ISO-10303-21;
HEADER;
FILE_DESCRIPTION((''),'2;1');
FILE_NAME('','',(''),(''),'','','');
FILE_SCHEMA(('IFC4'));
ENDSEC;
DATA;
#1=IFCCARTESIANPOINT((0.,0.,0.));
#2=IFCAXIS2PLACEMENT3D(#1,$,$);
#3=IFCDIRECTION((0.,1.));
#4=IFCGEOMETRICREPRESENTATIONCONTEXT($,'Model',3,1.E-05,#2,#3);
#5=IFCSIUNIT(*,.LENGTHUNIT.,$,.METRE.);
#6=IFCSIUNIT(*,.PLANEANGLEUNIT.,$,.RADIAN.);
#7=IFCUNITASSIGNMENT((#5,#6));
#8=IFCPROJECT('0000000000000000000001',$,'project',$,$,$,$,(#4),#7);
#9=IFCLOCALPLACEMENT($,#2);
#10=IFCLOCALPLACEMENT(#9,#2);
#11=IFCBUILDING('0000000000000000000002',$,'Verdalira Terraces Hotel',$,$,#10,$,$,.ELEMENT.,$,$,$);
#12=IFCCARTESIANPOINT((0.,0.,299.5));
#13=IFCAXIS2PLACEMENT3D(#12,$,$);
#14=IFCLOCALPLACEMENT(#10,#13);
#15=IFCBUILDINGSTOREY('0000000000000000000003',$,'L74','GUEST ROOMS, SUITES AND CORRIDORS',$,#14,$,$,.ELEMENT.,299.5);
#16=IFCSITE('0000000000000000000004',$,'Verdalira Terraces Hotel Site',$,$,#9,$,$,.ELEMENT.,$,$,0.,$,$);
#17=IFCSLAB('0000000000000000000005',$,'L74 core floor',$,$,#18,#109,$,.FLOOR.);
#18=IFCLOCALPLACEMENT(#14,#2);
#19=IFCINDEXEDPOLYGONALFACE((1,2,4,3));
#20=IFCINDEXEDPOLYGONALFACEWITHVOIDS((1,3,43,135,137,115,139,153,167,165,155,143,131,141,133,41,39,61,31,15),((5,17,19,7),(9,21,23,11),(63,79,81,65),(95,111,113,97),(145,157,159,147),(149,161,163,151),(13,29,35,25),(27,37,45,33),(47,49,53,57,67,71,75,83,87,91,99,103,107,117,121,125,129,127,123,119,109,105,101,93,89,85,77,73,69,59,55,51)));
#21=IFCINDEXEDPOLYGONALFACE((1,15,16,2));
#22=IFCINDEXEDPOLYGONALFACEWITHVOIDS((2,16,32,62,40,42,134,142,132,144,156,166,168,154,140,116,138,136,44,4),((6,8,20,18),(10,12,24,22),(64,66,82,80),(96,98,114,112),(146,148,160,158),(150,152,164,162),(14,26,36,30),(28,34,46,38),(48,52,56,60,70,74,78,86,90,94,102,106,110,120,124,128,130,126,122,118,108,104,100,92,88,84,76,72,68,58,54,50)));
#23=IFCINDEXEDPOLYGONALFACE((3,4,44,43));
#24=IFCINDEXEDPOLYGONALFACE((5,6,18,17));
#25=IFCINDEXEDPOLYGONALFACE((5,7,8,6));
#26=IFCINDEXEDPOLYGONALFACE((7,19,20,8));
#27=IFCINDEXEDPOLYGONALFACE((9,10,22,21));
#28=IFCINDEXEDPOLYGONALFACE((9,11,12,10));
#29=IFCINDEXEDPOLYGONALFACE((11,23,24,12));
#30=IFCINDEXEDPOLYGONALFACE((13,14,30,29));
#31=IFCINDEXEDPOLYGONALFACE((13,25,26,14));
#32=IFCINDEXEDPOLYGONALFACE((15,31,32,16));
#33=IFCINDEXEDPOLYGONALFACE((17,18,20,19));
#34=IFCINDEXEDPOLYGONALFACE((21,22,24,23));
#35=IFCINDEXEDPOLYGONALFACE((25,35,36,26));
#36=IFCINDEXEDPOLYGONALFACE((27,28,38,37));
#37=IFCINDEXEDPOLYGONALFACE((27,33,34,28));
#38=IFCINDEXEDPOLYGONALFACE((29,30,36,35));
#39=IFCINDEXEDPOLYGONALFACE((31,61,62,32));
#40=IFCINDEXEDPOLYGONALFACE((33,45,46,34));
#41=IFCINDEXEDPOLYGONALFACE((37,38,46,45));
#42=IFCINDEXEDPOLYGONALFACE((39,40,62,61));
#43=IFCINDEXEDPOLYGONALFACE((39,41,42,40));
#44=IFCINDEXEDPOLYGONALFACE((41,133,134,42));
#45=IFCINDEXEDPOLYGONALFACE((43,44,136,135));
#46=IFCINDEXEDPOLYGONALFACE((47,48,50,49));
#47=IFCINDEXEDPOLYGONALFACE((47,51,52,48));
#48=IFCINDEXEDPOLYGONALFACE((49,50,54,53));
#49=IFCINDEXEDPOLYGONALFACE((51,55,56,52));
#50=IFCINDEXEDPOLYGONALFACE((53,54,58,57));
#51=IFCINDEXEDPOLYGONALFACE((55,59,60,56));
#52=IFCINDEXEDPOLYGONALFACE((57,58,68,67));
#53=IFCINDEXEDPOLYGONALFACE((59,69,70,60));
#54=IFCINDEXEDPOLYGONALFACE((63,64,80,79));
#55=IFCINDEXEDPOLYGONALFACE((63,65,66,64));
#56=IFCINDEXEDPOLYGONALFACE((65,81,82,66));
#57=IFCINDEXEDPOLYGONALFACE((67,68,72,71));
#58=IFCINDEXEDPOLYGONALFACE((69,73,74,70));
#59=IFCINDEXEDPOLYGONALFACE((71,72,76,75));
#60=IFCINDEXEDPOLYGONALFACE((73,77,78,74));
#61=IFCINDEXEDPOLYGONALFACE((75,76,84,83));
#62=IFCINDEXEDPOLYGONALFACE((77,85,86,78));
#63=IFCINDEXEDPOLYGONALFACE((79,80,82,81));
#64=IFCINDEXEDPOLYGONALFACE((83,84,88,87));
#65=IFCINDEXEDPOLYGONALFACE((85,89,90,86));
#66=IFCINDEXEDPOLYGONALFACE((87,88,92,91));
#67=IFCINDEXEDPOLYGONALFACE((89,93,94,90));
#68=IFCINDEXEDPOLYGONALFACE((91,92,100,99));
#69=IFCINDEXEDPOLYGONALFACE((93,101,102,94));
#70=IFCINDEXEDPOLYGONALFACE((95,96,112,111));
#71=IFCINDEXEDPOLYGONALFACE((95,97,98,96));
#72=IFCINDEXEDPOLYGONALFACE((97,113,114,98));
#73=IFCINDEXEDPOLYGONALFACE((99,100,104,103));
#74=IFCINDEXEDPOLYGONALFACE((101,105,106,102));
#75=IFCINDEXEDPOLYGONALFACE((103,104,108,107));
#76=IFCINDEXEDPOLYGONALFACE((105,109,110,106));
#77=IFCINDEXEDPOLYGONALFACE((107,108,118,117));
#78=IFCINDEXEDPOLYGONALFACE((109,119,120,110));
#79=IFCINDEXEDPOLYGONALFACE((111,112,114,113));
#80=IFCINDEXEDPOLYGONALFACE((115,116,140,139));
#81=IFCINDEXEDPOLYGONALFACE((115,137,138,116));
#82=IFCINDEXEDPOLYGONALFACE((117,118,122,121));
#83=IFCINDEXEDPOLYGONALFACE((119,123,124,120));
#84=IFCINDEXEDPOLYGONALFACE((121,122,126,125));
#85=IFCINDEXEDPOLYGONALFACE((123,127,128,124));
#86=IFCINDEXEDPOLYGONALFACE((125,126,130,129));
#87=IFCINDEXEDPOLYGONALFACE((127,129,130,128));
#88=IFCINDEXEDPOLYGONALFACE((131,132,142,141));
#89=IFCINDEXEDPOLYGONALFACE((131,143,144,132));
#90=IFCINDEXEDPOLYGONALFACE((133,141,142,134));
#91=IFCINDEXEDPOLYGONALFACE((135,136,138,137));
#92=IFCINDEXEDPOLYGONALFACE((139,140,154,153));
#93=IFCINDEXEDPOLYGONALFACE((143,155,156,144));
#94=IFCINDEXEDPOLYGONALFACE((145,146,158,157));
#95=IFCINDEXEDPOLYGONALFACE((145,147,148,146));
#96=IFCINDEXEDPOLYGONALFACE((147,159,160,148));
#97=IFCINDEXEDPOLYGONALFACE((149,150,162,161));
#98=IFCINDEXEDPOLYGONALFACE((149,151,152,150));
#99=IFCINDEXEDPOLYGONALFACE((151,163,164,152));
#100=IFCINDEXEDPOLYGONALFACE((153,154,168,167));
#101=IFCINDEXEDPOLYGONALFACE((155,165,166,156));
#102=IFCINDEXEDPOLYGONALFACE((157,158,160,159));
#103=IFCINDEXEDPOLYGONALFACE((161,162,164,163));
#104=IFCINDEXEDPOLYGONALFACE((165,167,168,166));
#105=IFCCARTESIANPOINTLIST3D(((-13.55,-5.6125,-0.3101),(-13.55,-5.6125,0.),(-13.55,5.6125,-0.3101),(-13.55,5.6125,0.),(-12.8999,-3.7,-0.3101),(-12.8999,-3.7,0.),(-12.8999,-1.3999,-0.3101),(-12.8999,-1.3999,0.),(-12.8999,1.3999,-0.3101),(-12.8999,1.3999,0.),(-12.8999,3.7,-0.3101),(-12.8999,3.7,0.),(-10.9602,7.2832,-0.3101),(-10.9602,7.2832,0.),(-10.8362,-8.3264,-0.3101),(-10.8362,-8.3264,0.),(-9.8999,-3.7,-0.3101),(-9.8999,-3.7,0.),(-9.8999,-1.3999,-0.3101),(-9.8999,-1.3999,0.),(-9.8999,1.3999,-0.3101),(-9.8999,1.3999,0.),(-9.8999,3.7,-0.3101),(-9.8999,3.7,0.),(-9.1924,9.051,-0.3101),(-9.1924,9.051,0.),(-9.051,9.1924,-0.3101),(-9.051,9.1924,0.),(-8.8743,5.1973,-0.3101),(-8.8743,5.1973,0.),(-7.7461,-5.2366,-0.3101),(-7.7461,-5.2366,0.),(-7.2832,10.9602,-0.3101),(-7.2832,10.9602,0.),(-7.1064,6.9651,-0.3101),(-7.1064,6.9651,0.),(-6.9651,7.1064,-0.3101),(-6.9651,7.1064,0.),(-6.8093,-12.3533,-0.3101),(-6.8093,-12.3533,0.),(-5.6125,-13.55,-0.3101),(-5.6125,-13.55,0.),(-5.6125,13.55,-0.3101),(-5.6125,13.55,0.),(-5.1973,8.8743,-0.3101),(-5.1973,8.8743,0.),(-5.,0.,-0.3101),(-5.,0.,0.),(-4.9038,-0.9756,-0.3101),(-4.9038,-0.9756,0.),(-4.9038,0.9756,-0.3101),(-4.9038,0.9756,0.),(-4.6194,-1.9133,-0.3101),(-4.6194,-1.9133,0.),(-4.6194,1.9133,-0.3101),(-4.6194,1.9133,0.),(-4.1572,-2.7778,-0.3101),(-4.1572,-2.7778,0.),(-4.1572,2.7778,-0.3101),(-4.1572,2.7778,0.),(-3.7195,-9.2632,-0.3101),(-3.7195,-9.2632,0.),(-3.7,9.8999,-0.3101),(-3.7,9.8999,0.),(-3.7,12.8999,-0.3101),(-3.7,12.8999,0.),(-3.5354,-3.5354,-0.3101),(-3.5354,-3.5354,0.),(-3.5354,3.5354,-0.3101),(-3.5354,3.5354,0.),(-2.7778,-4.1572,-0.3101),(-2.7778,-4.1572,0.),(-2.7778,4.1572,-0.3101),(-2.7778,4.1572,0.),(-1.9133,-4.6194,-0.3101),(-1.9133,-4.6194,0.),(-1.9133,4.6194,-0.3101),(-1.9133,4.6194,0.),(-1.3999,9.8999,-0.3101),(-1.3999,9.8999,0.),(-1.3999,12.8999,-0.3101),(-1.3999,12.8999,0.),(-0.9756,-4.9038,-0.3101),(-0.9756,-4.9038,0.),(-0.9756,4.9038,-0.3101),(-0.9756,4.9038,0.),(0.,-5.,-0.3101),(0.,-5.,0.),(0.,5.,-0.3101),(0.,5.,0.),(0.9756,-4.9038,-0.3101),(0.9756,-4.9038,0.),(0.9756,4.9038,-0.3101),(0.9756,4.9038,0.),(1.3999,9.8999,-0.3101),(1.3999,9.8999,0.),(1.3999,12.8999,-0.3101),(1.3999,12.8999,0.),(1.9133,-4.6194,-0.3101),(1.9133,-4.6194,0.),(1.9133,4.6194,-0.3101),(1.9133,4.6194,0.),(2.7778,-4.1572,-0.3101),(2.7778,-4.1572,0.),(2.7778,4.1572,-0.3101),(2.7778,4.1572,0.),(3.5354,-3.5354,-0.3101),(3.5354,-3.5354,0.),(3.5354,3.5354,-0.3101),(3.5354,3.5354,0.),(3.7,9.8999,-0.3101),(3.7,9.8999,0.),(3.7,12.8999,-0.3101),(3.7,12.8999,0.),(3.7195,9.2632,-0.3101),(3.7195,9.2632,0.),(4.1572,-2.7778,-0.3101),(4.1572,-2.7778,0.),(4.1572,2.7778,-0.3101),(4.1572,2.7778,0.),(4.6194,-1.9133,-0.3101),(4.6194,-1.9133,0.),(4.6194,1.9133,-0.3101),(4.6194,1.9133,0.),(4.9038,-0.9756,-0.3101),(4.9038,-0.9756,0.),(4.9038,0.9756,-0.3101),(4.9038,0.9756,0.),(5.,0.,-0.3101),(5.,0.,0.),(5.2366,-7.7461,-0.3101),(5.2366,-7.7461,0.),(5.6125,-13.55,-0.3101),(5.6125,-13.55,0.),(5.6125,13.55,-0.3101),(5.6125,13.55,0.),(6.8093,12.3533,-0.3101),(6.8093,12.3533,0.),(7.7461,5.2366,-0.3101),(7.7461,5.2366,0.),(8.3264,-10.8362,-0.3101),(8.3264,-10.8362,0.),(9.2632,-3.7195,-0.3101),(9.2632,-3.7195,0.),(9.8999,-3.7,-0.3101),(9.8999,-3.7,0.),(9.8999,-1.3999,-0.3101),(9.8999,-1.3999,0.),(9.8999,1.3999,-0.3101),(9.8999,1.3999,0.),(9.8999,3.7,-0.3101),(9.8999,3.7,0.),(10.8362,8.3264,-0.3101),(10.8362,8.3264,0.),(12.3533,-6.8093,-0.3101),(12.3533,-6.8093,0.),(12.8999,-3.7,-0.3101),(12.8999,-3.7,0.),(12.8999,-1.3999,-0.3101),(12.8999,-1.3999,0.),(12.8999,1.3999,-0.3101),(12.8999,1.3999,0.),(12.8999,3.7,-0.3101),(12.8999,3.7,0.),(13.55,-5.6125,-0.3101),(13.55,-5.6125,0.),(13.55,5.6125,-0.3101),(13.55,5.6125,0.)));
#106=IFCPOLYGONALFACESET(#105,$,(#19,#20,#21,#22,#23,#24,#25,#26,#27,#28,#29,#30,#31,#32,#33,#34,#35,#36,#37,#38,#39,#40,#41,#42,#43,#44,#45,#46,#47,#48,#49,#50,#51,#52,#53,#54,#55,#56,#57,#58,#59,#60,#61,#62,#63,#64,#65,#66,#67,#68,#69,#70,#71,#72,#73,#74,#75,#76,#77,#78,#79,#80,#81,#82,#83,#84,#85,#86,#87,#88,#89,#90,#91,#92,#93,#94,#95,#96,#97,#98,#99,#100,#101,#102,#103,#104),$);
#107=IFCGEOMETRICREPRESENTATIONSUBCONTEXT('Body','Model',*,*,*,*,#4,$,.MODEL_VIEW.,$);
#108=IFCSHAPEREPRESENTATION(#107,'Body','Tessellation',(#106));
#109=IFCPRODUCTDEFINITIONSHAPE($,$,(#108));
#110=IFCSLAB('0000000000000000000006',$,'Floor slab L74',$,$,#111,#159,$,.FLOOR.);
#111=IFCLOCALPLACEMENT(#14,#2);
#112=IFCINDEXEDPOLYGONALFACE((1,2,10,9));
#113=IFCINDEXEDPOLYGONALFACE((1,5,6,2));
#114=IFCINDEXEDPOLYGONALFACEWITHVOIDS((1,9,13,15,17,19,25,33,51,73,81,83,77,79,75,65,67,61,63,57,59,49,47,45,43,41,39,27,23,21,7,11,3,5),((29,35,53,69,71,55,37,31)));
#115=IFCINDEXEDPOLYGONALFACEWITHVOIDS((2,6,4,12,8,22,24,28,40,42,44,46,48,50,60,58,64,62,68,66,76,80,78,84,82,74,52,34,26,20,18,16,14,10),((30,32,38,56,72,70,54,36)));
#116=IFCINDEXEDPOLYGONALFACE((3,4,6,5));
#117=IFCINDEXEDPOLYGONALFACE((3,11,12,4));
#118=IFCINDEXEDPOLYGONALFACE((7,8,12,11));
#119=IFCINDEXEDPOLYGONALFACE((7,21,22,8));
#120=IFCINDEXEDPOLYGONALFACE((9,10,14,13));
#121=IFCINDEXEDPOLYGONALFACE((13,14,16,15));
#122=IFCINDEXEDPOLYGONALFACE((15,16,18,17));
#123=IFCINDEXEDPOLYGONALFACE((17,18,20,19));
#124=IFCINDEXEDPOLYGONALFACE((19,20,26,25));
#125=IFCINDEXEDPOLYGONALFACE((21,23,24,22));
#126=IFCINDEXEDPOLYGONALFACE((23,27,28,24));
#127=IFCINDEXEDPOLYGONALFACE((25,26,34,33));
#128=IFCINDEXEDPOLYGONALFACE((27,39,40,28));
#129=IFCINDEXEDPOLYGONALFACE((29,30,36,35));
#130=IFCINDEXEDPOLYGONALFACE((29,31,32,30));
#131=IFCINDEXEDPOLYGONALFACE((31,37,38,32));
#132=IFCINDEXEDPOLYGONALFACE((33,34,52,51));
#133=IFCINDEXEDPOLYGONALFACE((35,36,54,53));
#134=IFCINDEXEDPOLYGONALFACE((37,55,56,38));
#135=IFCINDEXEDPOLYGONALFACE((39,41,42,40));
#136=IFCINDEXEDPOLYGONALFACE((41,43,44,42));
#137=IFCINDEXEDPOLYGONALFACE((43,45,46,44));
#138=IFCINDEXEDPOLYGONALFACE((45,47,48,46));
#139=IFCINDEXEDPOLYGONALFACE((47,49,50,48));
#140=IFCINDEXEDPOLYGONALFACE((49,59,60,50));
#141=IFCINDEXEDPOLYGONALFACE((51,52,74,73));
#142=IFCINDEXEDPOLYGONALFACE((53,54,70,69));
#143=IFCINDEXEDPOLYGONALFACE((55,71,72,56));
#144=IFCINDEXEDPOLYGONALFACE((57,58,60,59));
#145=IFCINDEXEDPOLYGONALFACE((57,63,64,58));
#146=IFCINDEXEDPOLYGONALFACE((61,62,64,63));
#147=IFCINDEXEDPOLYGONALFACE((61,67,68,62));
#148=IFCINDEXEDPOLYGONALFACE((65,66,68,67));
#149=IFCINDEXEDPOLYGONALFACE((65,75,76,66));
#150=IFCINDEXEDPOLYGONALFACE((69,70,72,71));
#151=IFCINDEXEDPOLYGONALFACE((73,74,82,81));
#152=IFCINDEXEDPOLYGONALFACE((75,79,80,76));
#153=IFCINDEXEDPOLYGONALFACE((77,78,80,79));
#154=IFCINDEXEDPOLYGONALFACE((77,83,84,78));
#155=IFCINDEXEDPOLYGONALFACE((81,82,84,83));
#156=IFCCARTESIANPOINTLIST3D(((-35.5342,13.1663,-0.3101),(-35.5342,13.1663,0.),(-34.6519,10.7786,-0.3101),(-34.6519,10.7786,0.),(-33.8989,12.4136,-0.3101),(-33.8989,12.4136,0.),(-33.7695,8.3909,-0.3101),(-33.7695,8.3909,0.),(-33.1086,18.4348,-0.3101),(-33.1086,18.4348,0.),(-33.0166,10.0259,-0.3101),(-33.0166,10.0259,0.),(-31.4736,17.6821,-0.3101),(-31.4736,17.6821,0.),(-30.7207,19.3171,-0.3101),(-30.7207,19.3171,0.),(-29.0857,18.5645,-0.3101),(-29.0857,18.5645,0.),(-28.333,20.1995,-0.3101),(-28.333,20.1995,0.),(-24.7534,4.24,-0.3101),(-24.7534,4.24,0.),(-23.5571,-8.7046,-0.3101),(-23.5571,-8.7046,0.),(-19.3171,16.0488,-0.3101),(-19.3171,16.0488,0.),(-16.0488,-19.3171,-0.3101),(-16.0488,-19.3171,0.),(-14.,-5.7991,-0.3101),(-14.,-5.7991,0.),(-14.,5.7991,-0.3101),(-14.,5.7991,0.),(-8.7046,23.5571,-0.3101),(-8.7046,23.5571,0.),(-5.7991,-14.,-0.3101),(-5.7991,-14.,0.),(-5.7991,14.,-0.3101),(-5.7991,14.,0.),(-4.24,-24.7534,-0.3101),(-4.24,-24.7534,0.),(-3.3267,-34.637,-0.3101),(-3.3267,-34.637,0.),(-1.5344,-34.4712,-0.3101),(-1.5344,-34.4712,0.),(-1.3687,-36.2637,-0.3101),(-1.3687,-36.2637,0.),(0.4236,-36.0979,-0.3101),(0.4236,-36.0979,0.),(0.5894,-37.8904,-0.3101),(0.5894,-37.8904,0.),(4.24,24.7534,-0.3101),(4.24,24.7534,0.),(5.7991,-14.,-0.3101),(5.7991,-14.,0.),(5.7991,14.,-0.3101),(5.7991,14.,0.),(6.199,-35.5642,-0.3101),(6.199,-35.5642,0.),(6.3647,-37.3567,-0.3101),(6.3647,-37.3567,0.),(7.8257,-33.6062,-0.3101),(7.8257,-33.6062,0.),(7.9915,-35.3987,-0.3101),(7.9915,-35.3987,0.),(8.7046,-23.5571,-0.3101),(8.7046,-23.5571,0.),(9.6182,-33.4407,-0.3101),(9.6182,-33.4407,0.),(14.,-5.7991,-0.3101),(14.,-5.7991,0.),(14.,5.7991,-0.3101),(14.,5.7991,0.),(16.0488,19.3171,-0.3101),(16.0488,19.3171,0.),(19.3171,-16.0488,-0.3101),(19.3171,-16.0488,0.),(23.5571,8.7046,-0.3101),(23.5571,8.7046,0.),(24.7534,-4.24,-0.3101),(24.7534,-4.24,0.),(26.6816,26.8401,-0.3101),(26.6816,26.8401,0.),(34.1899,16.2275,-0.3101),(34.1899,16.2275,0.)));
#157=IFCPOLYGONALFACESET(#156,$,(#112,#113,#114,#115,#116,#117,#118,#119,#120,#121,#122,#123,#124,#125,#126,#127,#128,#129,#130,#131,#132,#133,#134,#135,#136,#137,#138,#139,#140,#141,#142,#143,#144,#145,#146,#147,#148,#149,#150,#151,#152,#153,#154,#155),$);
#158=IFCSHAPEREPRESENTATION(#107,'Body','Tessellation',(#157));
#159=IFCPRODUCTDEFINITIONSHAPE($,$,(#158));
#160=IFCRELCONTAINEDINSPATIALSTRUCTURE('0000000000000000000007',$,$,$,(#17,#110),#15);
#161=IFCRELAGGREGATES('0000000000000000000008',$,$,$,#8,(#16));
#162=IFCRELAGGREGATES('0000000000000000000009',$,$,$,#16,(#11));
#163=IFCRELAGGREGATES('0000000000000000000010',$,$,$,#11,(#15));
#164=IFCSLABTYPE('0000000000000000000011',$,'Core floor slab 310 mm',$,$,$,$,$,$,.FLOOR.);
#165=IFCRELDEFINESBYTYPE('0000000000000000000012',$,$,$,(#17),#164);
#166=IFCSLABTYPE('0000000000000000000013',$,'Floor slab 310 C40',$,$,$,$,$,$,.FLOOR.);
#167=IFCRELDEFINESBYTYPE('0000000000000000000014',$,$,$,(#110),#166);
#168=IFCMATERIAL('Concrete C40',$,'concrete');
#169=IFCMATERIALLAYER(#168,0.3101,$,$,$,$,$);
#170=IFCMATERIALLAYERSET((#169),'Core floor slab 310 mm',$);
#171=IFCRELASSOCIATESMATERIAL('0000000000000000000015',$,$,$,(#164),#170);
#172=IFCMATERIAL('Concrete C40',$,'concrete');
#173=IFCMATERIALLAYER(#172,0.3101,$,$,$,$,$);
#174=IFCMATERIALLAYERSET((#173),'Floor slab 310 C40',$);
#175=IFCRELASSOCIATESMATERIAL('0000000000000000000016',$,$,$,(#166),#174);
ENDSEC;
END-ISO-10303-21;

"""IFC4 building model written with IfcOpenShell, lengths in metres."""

from ifc_helpers import new_model, si_unit, direction, frame, origin, place, context, subcontext, project, spatial, polyline, outline, extrude, material, layer, layer_set, type_object, element, save


model = new_model("IFC4")

# Units and contexts
model_context = context("Model", 3, precision=1e-05, world=origin(), true_north=direction((0.0, 1.0)))
body_context = subcontext(model_context, "Body", "Model", "MODEL_VIEW")
ifc_project = project(units=[si_unit("LENGTHUNIT", "METRE"), si_unit("PLANEANGLEUNIT", "RADIAN")], contexts=[model_context])

# Site, building, storey
site_placement = place(None, origin())
site = spatial("IfcSite", under=ifc_project, at=site_placement, Name="Verdalira Terraces Hotel Site", CompositionType="ELEMENT", RefElevation=0.0)
building_placement = place(site_placement, origin())
building = spatial("IfcBuilding", under=site, at=building_placement, Name="Verdalira Terraces Hotel", CompositionType="ELEMENT")
storey_placement = place(building_placement, frame((0.0, 0.0, 299.5)))
storey = spatial("IfcBuildingStorey", under=building, at=storey_placement, Name="L74", Description="GUEST ROOMS, SUITES AND CORRIDORS", CompositionType="ELEMENT", Elevation=299.5)

# Slabs
ifc_material_1 = material(Name="Concrete C40", Category="concrete")
ifc_layer_1 = layer(ifc_material_1, 0.3101)
ifc_layer_set_1 = layer_set([ifc_layer_1], Name="Core floor slab 310 mm")
slab_type_1 = type_object("IfcSlabType", Name="Core floor slab 310 mm", PredefinedType="FLOOR", material=ifc_layer_set_1)
slab_1_placement = place(storey_placement, frame((0.0, 0.0, -0.3101)))
element("IfcSlab", 1, at=slab_1_placement, inside=storey, type_object=slab_type_1, Name="L74 core floor", PredefinedType="FLOOR", context=body_context, shape_type="SweptSolid", body=[
    extrude(outline(polyline([(-6.8093, -12.3533), (-3.7195, -9.2632), (-7.7461, -5.2366), (-10.8362, -8.3264), (-13.55, -5.6125), (-13.55, 5.6125), (-5.6125, 13.55), (5.6125, 13.55), (6.8093, 12.3533), (3.7195, 9.2632), (7.7461, 5.2366), (10.8362, 8.3264), (13.55, 5.6125), (13.55, -5.6125), (12.3533, -6.8093), (9.2632, -3.7195), (5.2366, -7.7461), (8.3264, -10.8362), (5.6125, -13.55), (-5.6125, -13.55), (-6.8093, -12.3533)]), holes=[polyline([(9.8999, -1.3999), (9.8999, -3.7), (12.8999, -3.7), (12.8999, -1.3999), (9.8999, -1.3999)]), polyline([(9.8999, 3.7), (9.8999, 1.3999), (12.8999, 1.3999), (12.8999, 3.7), (9.8999, 3.7)]), polyline([(3.7, 12.8999), (1.3999, 12.8999), (1.3999, 9.8999), (3.7, 9.8999), (3.7, 12.8999)]), polyline([(-1.3999, 12.8999), (-3.7, 12.8999), (-3.7, 9.8999), (-1.3999, 9.8999), (-1.3999, 12.8999)]), polyline([(-9.8999, 1.3999), (-9.8999, 3.7), (-12.8999, 3.7), (-12.8999, 1.3999), (-9.8999, 1.3999)]), polyline([(-9.8999, -3.7), (-9.8999, -1.3999), (-12.8999, -1.3999), (-12.8999, -3.7), (-9.8999, -3.7)]), polyline([(-9.051, 9.1924), (-6.9651, 7.1064), (-5.1973, 8.8743), (-7.2832, 10.9602), (-9.051, 9.1924)]), polyline([(-9.1924, 9.051), (-10.9602, 7.2832), (-8.8743, 5.1973), (-7.1064, 6.9651), (-9.1924, 9.051)]), polyline([(3.5354, 3.5354), (2.7778, 4.1572), (1.9133, 4.6194), (0.9756, 4.9038), (0.0, 5.0), (-0.9756, 4.9038), (-1.9133, 4.6194), (-2.7778, 4.1572), (-3.5354, 3.5354), (-4.1572, 2.7778), (-4.6194, 1.9133), (-4.9038, 0.9756), (-5.0, 0.0), (-4.9038, -0.9756), (-4.6194, -1.9133), (-4.1572, -2.7778), (-3.5354, -3.5354), (-2.7778, -4.1572), (-1.9133, -4.6194), (-0.9756, -4.9038), (0.0, -5.0), (0.9756, -4.9038), (1.9133, -4.6194), (2.7778, -4.1572), (3.5354, -3.5354), (4.1572, -2.7778), (4.6194, -1.9133), (4.9038, -0.9756), (5.0, 0.0), (4.9038, 0.9756), (4.6194, 1.9133), (4.1572, 2.7778), (3.5354, 3.5354)])]), origin(), (0.0, 0.0, 1.0), 0.3101),
])
ifc_material_2 = material(Name="Concrete C40", Category="concrete")
ifc_layer_2 = layer(ifc_material_2, 0.3101)
ifc_layer_set_2 = layer_set([ifc_layer_2], Name="Floor slab 310 C40")
slab_type_2 = type_object("IfcSlabType", Name="Floor slab 310 C40", PredefinedType="FLOOR", material=ifc_layer_set_2)
slab_2_placement = place(storey_placement, frame((0.0, 0.0, -0.3101)))
element("IfcSlab", 2, at=slab_2_placement, inside=storey, type_object=slab_type_2, Name="Floor slab L74", PredefinedType="FLOOR", context=body_context, shape_type="SweptSolid", body=[
    extrude(outline(polyline([(24.7534, -4.24), (23.5571, 8.7046), (34.1899, 16.2275), (26.6816, 26.8401), (16.0488, 19.3171), (4.24, 24.7534), (-8.7046, 23.5571), (-19.3171, 16.0488), (-28.333, 20.1995), (-29.0857, 18.5645), (-30.7207, 19.3171), (-31.4736, 17.6821), (-33.1086, 18.4348), (-35.5342, 13.1663), (-33.8989, 12.4136), (-34.6519, 10.7786), (-33.0166, 10.0259), (-33.7695, 8.3909), (-24.7534, 4.24), (-23.5571, -8.7046), (-16.0488, -19.3171), (-4.24, -24.7534), (-3.3267, -34.637), (-1.5344, -34.4712), (-1.3687, -36.2637), (0.4236, -36.0979), (0.5894, -37.8904), (6.3647, -37.3567), (6.199, -35.5642), (7.9915, -35.3987), (7.8257, -33.6062), (9.6182, -33.4407), (8.7046, -23.5571), (19.3171, -16.0488), (24.7534, -4.24)]), holes=[polyline([(5.7991, 14.0), (14.0, 5.7991), (14.0, -5.7991), (5.7991, -14.0), (-5.7991, -14.0), (-14.0, -5.7991), (-14.0, 5.7991), (-5.7991, 14.0), (5.7991, 14.0)])]), origin(), (0.0, 0.0, 1.0), 0.3101),
])

save(model, "model.ifc")
